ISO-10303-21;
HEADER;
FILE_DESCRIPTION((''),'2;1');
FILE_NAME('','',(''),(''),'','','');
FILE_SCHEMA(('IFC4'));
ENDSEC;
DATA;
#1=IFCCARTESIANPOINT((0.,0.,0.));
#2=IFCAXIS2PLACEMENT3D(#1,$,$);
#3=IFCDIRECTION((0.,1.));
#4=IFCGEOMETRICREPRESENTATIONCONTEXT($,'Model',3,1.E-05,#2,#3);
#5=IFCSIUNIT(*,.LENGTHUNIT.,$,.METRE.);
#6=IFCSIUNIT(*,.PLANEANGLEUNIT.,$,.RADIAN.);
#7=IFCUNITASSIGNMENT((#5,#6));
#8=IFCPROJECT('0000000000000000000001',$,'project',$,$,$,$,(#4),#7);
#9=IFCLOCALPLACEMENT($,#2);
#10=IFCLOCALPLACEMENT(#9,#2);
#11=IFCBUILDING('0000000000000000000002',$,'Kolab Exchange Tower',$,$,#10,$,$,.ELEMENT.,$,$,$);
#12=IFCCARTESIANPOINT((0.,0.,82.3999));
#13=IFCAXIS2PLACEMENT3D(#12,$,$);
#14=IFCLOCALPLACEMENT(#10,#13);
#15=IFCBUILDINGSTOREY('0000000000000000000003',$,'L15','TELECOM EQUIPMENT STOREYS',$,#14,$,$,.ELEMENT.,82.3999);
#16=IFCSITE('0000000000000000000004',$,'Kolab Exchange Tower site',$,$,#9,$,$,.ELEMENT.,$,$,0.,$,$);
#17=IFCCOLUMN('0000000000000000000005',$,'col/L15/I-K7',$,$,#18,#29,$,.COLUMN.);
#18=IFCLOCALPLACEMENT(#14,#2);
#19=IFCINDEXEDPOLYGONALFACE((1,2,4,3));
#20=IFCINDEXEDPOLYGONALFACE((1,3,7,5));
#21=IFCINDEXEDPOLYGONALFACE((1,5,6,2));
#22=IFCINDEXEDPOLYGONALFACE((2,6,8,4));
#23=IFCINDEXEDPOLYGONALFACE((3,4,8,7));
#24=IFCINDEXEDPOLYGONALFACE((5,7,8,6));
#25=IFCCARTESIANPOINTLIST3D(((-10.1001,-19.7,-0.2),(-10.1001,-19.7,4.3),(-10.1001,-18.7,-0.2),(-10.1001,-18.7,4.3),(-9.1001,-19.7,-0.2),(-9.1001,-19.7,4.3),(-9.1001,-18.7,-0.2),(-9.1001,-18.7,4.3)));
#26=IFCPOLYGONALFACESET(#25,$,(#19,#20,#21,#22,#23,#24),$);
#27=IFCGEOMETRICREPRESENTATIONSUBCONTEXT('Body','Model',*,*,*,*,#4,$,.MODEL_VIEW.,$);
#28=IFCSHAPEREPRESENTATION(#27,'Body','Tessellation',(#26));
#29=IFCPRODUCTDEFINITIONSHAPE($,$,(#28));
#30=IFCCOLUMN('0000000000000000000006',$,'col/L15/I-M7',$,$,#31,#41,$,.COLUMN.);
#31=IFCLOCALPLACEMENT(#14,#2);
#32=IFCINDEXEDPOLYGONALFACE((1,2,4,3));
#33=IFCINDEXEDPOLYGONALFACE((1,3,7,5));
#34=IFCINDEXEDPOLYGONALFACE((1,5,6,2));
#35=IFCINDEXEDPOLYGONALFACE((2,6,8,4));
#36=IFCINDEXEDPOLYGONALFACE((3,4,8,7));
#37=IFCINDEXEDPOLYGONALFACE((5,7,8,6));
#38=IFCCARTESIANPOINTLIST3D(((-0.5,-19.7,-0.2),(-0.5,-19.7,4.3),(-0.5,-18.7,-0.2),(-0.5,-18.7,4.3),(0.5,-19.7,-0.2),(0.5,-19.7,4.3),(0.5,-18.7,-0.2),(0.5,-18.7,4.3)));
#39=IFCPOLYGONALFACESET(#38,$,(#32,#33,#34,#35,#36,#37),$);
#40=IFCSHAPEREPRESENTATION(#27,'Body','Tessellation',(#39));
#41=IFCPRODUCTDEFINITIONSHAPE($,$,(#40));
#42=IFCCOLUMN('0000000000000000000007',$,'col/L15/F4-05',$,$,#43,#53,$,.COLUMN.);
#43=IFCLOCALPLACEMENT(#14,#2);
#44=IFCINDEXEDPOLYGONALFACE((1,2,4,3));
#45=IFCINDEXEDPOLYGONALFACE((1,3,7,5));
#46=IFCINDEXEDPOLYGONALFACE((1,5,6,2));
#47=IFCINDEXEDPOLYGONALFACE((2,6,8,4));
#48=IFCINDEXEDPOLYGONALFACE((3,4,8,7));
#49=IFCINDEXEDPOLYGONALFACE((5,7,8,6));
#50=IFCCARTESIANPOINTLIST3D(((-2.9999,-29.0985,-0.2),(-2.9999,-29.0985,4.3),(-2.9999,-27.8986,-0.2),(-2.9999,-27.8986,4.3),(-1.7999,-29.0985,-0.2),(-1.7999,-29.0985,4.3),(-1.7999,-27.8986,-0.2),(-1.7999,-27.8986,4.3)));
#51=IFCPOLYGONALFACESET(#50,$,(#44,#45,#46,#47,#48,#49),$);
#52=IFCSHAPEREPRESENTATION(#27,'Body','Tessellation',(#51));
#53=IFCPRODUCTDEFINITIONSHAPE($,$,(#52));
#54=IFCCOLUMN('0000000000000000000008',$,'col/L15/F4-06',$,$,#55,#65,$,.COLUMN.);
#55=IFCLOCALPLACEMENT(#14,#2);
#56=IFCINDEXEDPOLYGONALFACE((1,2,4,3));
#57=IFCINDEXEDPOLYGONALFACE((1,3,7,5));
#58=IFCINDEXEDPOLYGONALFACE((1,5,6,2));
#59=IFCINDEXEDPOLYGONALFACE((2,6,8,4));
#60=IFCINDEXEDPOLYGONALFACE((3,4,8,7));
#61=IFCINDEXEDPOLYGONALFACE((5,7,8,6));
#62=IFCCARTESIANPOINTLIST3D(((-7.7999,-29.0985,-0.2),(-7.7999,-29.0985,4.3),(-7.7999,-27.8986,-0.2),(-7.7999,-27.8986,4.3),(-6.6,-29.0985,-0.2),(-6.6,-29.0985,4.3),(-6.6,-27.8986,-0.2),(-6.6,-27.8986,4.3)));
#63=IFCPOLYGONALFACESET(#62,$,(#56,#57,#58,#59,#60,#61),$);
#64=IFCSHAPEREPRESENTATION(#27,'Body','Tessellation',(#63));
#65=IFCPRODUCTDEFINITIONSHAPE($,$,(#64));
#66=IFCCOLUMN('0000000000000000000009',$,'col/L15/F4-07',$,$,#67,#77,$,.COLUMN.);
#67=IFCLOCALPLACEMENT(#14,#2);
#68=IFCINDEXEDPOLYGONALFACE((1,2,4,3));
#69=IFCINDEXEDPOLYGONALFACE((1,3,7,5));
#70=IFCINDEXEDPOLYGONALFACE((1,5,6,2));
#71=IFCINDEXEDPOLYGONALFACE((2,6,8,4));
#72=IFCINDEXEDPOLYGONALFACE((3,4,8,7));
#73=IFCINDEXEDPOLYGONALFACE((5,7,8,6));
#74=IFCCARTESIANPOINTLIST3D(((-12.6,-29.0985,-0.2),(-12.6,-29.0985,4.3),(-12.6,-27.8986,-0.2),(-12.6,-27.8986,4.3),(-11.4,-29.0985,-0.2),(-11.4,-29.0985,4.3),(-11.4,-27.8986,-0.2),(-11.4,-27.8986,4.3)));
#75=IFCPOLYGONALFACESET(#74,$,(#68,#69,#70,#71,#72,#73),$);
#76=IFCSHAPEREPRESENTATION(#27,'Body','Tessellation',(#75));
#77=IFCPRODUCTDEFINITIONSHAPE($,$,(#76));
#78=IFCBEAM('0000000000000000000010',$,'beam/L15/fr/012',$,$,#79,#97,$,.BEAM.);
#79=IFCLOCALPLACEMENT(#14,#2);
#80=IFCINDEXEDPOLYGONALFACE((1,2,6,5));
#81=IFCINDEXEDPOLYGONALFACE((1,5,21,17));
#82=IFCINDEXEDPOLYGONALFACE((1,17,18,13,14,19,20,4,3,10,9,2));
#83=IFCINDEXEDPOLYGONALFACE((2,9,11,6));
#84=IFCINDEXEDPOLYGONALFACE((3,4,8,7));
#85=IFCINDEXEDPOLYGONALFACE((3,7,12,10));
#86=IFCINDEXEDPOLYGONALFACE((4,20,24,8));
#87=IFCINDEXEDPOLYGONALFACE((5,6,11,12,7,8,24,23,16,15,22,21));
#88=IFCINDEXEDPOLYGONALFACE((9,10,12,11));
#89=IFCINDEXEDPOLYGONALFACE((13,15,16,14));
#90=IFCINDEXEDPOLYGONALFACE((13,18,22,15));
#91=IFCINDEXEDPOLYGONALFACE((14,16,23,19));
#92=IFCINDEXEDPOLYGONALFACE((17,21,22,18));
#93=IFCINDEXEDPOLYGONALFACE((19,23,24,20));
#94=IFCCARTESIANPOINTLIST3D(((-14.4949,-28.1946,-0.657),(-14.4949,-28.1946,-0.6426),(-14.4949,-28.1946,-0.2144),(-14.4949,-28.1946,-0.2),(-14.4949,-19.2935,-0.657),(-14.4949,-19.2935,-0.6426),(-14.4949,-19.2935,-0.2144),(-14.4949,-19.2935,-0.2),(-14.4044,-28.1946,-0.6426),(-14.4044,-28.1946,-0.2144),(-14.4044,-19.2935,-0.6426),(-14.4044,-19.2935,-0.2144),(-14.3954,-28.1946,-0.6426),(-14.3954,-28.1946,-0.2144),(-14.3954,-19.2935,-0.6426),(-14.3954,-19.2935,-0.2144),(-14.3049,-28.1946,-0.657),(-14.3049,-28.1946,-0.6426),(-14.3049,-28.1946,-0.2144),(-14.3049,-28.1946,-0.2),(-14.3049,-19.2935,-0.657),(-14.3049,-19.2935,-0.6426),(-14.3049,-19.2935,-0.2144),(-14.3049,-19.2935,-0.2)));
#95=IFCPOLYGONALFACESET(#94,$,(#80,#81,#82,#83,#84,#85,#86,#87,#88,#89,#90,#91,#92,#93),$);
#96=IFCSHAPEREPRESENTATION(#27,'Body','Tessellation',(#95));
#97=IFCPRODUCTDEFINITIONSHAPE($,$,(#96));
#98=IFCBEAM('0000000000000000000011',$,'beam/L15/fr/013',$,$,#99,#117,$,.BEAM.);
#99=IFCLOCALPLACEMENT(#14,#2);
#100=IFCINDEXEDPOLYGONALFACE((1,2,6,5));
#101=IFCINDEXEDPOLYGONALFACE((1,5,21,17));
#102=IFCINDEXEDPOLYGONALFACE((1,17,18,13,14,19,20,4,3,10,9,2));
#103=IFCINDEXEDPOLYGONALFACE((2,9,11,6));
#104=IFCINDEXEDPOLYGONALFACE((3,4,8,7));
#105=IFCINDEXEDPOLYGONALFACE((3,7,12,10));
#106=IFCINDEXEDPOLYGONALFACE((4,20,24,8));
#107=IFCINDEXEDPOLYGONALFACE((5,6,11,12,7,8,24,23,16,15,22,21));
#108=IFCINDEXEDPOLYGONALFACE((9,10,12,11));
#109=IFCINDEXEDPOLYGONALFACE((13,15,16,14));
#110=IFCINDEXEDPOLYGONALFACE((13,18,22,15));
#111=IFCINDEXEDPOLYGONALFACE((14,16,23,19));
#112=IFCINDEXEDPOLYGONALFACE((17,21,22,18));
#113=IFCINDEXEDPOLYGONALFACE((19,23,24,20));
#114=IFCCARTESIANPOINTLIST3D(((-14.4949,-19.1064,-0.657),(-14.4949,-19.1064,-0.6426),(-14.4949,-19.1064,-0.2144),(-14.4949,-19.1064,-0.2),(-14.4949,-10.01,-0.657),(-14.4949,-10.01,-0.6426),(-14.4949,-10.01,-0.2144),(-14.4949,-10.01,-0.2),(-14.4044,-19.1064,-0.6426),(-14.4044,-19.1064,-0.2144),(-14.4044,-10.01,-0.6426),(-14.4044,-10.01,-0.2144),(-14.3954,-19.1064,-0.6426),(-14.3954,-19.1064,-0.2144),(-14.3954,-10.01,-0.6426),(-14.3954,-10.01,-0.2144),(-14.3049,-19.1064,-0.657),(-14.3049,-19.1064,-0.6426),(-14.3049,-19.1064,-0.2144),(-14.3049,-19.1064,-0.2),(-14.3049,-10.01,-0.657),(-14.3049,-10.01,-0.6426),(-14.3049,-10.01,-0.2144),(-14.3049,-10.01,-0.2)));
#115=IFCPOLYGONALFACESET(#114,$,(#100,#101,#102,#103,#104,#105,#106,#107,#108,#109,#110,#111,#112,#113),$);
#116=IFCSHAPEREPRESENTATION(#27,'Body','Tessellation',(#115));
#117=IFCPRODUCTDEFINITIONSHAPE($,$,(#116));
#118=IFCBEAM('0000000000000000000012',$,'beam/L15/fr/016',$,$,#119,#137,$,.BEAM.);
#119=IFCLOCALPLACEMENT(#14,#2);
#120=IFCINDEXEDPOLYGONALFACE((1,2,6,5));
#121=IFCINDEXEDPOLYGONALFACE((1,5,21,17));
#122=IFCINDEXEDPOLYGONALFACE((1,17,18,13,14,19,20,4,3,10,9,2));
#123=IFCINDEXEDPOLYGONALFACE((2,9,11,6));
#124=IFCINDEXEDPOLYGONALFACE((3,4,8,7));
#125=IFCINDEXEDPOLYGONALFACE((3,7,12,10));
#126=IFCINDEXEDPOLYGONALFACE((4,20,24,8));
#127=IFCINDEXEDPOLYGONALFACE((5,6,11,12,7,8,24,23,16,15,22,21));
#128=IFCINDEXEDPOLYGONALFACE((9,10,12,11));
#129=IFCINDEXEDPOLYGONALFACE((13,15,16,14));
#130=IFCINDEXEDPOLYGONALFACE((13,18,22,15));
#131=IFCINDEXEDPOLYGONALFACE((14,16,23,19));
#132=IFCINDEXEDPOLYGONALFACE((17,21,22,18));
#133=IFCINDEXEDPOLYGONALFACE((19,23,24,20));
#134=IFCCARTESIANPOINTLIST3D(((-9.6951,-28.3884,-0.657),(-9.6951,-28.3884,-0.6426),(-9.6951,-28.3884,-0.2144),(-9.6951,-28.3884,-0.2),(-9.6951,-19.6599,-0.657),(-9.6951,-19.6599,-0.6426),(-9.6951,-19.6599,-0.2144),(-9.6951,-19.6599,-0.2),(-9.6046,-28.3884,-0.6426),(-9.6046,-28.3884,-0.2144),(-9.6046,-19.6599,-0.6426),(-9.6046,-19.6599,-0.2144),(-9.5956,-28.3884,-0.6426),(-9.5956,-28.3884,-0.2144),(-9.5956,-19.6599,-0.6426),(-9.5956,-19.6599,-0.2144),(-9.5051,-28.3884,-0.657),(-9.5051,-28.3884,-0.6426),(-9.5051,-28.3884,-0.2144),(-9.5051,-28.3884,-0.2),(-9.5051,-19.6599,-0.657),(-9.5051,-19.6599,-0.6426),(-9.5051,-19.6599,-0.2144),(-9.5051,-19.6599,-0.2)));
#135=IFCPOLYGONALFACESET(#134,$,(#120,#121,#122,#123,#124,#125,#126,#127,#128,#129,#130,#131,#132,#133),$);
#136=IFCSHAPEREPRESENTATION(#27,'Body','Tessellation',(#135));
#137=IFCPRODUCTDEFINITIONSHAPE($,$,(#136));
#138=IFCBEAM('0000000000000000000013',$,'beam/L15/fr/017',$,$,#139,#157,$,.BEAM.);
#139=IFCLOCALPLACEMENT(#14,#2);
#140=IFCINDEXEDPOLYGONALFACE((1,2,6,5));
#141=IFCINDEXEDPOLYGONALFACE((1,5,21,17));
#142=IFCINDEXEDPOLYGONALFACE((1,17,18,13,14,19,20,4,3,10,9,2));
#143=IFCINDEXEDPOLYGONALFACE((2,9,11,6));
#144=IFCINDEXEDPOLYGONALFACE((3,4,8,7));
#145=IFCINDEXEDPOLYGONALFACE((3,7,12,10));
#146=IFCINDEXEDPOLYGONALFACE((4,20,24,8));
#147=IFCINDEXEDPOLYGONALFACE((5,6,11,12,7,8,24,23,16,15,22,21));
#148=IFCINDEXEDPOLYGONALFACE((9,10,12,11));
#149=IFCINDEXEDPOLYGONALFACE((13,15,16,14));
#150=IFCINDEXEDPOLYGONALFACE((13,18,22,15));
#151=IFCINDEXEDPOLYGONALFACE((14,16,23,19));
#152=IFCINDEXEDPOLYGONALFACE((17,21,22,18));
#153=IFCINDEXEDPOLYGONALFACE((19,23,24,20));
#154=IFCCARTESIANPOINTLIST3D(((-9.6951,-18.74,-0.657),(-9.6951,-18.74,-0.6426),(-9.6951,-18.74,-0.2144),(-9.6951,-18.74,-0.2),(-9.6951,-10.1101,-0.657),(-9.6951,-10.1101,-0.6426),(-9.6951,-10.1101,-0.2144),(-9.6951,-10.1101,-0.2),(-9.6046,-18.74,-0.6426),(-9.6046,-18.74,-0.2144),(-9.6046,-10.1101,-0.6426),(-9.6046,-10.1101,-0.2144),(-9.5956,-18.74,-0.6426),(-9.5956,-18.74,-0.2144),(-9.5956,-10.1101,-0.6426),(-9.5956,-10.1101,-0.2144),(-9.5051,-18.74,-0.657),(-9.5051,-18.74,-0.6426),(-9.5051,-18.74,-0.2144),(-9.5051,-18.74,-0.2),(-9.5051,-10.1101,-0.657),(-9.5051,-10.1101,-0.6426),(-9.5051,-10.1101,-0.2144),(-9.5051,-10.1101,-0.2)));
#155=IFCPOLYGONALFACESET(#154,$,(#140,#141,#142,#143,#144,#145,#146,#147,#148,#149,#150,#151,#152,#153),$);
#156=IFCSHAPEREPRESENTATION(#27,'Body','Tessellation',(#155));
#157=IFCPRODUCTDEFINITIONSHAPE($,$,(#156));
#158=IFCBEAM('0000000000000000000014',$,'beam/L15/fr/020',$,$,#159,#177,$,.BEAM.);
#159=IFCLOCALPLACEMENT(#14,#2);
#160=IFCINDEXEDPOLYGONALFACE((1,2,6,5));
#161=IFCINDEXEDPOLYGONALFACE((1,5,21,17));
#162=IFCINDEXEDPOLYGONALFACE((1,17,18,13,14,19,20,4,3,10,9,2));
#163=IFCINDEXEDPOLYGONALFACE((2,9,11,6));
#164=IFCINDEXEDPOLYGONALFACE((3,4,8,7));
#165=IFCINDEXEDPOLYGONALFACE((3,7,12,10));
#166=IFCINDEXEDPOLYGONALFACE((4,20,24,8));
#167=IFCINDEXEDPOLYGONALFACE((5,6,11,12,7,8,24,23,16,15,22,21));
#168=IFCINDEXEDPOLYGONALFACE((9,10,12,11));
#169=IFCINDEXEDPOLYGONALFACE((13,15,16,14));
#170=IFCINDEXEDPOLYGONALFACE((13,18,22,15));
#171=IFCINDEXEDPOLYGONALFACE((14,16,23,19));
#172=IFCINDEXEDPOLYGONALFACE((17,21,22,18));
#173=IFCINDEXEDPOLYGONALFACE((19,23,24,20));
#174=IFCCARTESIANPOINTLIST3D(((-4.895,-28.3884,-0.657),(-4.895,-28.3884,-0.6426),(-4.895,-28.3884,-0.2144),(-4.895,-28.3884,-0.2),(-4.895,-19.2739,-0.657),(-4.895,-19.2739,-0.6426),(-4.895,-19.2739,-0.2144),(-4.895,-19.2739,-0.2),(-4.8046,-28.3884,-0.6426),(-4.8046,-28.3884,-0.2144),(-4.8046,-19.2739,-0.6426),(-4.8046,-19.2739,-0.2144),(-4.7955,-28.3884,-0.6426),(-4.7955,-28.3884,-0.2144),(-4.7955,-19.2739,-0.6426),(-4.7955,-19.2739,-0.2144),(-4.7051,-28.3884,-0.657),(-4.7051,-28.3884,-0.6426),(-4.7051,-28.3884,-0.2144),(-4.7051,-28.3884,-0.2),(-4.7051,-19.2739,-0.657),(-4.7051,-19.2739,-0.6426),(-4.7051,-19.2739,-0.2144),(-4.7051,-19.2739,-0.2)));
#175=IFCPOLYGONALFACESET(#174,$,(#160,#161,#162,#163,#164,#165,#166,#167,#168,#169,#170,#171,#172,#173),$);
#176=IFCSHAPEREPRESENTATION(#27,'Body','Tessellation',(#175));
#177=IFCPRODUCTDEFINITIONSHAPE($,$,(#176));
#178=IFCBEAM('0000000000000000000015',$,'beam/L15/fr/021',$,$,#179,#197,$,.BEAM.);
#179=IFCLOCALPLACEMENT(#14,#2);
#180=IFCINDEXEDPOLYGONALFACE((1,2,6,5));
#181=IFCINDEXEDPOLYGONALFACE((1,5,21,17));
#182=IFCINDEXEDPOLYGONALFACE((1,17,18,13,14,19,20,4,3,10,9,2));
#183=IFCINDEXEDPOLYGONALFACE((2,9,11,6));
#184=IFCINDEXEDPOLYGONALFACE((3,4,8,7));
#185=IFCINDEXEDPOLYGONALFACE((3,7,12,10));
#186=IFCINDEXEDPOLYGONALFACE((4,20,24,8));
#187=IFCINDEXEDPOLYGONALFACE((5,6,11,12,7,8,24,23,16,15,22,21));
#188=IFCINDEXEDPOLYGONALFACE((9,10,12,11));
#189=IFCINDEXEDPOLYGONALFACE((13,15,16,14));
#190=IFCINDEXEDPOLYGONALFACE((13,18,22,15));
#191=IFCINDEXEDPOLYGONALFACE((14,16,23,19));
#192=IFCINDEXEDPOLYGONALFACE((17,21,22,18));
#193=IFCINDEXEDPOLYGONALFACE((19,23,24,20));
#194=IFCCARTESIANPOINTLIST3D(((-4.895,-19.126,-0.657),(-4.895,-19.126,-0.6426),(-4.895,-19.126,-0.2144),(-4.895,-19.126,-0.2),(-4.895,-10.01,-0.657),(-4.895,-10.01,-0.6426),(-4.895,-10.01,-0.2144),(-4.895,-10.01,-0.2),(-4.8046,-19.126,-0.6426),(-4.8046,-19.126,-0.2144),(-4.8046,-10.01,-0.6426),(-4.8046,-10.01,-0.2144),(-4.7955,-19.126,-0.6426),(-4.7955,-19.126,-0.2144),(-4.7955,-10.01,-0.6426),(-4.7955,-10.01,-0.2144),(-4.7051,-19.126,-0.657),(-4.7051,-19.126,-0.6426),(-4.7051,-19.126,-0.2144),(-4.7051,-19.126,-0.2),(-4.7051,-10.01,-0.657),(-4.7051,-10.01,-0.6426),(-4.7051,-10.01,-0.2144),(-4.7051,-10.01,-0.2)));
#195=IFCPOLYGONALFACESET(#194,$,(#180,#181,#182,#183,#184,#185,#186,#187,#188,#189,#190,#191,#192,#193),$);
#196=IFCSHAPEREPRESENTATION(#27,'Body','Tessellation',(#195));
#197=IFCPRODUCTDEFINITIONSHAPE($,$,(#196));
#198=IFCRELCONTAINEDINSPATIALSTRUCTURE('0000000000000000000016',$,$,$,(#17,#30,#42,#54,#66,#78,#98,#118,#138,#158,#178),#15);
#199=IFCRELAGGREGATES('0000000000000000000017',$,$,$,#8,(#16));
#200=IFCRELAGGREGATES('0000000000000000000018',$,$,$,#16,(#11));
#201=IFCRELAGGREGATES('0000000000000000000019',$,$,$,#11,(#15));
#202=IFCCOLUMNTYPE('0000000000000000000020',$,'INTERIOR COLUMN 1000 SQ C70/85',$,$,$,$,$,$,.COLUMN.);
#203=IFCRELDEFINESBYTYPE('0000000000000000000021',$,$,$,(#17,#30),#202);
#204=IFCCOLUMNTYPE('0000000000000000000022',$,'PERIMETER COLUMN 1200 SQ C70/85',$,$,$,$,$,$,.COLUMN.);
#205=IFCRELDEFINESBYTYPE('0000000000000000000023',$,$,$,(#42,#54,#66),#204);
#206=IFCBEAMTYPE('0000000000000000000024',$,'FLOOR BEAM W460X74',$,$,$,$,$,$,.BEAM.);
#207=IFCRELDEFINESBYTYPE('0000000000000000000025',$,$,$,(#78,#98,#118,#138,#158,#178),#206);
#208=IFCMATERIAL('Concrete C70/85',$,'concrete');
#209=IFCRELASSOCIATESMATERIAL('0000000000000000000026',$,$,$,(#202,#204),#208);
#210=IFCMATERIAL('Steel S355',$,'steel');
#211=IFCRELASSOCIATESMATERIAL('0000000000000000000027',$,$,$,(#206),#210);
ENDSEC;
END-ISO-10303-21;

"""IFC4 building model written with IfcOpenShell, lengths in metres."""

from ifc_helpers import new_model, si_unit, direction, frame, origin, origin_2d, place, context, subcontext, project, spatial, rectangle, i_section, extrude, material, material_profile, profile_set, type_object, element, save


model = new_model("IFC4")

# Units and contexts
model_context = context("Model", 3, precision=1e-05, world=origin(), true_north=direction((0.0, 1.0)))
body_context = subcontext(model_context, "Body", "Model", "MODEL_VIEW")
ifc_project = project(units=[si_unit("LENGTHUNIT", "METRE"), si_unit("PLANEANGLEUNIT", "RADIAN")], contexts=[model_context])

# Site, building, storey
site_placement = place(None, origin())
site = spatial("IfcSite", under=ifc_project, at=site_placement, Name="Kolab Exchange Tower site", CompositionType="ELEMENT", RefElevation=0.0)
building_placement = place(site_placement, origin())
building = spatial("IfcBuilding", under=site, at=building_placement, Name="Kolab Exchange Tower", CompositionType="ELEMENT")
storey_placement = place(building_placement, frame((0.0, 0.0, 82.3999)))
storey = spatial("IfcBuildingStorey", under=building, at=storey_placement, Name="L15", Description="TELECOM EQUIPMENT STOREYS", CompositionType="ELEMENT", Elevation=82.3999)

# Columns
ifc_material_1 = material(Name="Concrete C70/85", Category="concrete")
ifc_material_profile_1 = material_profile(ifc_material_1, rectangle(XDim=1.0, YDim=1.0, at=origin_2d()), Name="RC1000")
ifc_profile_set_1 = profile_set([ifc_material_profile_1], Name="Concrete C70/85")
column_type_1 = type_object("IfcColumnType", Name="INTERIOR COLUMN 1000 SQ C70/85", PredefinedType="COLUMN", material=ifc_profile_set_1)
for number, where, z_axis, x_axis, name in (
    (1, (-9.6001, -19.2, -0.2), (0.0, 0.0, 1.0), (1.0, 0.0, 0.0), "col/L15/I-K7"),
    (2, (0.0, -19.2, -0.2), (0.0, 0.0, 1.0), (1.0, 0.0, 0.0), "col/L15/I-M7"),
):
    element("IfcColumn", number, at=place(storey_placement, frame(where, z_axis=z_axis, x_axis=x_axis)), inside=storey, type_object=column_type_1, Name=name, PredefinedType="COLUMN", context=body_context, shape_type="SweptSolid", body=[
        extrude(rectangle(XDim=1.0, YDim=1.0, at=origin_2d()), origin(), (0.0, 0.0, 1.0), 4.5),
    ])
ifc_material_profile_2 = material_profile(ifc_material_1, rectangle(XDim=1.2, YDim=1.2, at=origin_2d()), Name="RC1200")
ifc_profile_set_2 = profile_set([ifc_material_profile_2], Name="Concrete C70/85")
column_type_2 = type_object("IfcColumnType", Name="PERIMETER COLUMN 1200 SQ C70/85", PredefinedType="COLUMN", material=ifc_profile_set_2)
for number, where, z_axis, x_axis, name in (
    (3, (-2.3999, -28.4985, -0.2), (0.0, 0.0, 1.0), (1.0, 0.0, 0.0), "col/L15/F4-05"),
    (4, (-7.2, -28.4985, -0.2), (0.0, 0.0, 1.0), (1.0, 0.0, 0.0), "col/L15/F4-06"),
    (5, (-12.0, -28.4985, -0.2), (0.0, 0.0, 1.0), (1.0, 0.0, 0.0), "col/L15/F4-07"),
):
    element("IfcColumn", number, at=place(storey_placement, frame(where, z_axis=z_axis, x_axis=x_axis)), inside=storey, type_object=column_type_2, Name=name, PredefinedType="COLUMN", context=body_context, shape_type="SweptSolid", body=[
        extrude(rectangle(XDim=1.2, YDim=1.2, at=origin_2d()), origin(), (0.0, 0.0, 1.0), 4.5),
    ])

# Beams
ifc_material_2 = material(Name="Steel S355", Category="steel")
ifc_material_profile_3 = material_profile(ifc_material_2, i_section(OverallWidth=0.1899, OverallDepth=0.457, WebThickness=0.009, FlangeThickness=0.0144, at=origin_2d()), Name="W460X74")
ifc_profile_set_3 = profile_set([ifc_material_profile_3], Name="Steel S355")
beam_type_1 = type_object("IfcBeamType", Name="FLOOR BEAM W460X74", PredefinedType="BEAM", material=ifc_profile_set_3)
beam_1_placement = place(storey_placement, frame((-14.3999, -28.1946, -0.4285), z_axis=(0.0, 1.0, 0.0), x_axis=(-1.0, 0.0, 0.0)))
element("IfcBeam", 6, at=beam_1_placement, inside=storey, type_object=beam_type_1, Name="beam/L15/fr/012", PredefinedType="BEAM", context=body_context, shape_type="SweptSolid", body=[
    extrude(i_section(OverallWidth=0.1899, OverallDepth=0.457, WebThickness=0.009, FlangeThickness=0.0144, at=origin_2d()), origin(), (0.0, 0.0, 1.0), 8.9011),
])
beam_2_placement = place(storey_placement, frame((-14.3999, -19.1064, -0.4285), z_axis=(0.0, 1.0, 0.0), x_axis=(-1.0, 0.0, 0.0)))
element("IfcBeam", 7, at=beam_2_placement, inside=storey, type_object=beam_type_1, Name="beam/L15/fr/013", PredefinedType="BEAM", context=body_context, shape_type="SweptSolid", body=[
    extrude(i_section(OverallWidth=0.1899, OverallDepth=0.457, WebThickness=0.009, FlangeThickness=0.0144, at=origin_2d()), origin(), (0.0, 0.0, 1.0), 9.0964),
])
beam_3_placement = place(storey_placement, frame((-9.6001, -28.3884, -0.4285), z_axis=(0.0, 1.0, 0.0), x_axis=(-1.0, 0.0, 0.0)))
element("IfcBeam", 8, at=beam_3_placement, inside=storey, type_object=beam_type_1, Name="beam/L15/fr/016", PredefinedType="BEAM", context=body_context, shape_type="SweptSolid", body=[
    extrude(i_section(OverallWidth=0.1899, OverallDepth=0.457, WebThickness=0.009, FlangeThickness=0.0144, at=origin_2d()), origin(), (0.0, 0.0, 1.0), 8.7285),
])
beam_4_placement = place(storey_placement, frame((-9.6001, -18.74, -0.4285), z_axis=(0.0, 1.0, 0.0), x_axis=(-1.0, 0.0, 0.0)))
element("IfcBeam", 9, at=beam_4_placement, inside=storey, type_object=beam_type_1, Name="beam/L15/fr/017", PredefinedType="BEAM", context=body_context, shape_type="SweptSolid", body=[
    extrude(i_section(OverallWidth=0.1899, OverallDepth=0.457, WebThickness=0.009, FlangeThickness=0.0144, at=origin_2d()), origin(), (0.0, 0.0, 1.0), 8.6299),
])
beam_5_placement = place(storey_placement, frame((-4.8, -28.3884, -0.4285), z_axis=(0.0, 1.0, 0.0), x_axis=(-1.0, 0.0, 0.0)))
element("IfcBeam", 10, at=beam_5_placement, inside=storey, type_object=beam_type_1, Name="beam/L15/fr/020", PredefinedType="BEAM", context=body_context, shape_type="SweptSolid", body=[
    extrude(i_section(OverallWidth=0.1899, OverallDepth=0.457, WebThickness=0.009, FlangeThickness=0.0144, at=origin_2d()), origin(), (0.0, 0.0, 1.0), 9.1145),
])
beam_6_placement = place(storey_placement, frame((-4.8, -19.126, -0.4285), z_axis=(0.0, 1.0, 0.0), x_axis=(-1.0, 0.0, 0.0)))
element("IfcBeam", 11, at=beam_6_placement, inside=storey, type_object=beam_type_1, Name="beam/L15/fr/021", PredefinedType="BEAM", context=body_context, shape_type="SweptSolid", body=[
    extrude(i_section(OverallWidth=0.1899, OverallDepth=0.457, WebThickness=0.009, FlangeThickness=0.0144, at=origin_2d()), origin(), (0.0, 0.0, 1.0), 9.116),
])

save(model, "model.ifc")
